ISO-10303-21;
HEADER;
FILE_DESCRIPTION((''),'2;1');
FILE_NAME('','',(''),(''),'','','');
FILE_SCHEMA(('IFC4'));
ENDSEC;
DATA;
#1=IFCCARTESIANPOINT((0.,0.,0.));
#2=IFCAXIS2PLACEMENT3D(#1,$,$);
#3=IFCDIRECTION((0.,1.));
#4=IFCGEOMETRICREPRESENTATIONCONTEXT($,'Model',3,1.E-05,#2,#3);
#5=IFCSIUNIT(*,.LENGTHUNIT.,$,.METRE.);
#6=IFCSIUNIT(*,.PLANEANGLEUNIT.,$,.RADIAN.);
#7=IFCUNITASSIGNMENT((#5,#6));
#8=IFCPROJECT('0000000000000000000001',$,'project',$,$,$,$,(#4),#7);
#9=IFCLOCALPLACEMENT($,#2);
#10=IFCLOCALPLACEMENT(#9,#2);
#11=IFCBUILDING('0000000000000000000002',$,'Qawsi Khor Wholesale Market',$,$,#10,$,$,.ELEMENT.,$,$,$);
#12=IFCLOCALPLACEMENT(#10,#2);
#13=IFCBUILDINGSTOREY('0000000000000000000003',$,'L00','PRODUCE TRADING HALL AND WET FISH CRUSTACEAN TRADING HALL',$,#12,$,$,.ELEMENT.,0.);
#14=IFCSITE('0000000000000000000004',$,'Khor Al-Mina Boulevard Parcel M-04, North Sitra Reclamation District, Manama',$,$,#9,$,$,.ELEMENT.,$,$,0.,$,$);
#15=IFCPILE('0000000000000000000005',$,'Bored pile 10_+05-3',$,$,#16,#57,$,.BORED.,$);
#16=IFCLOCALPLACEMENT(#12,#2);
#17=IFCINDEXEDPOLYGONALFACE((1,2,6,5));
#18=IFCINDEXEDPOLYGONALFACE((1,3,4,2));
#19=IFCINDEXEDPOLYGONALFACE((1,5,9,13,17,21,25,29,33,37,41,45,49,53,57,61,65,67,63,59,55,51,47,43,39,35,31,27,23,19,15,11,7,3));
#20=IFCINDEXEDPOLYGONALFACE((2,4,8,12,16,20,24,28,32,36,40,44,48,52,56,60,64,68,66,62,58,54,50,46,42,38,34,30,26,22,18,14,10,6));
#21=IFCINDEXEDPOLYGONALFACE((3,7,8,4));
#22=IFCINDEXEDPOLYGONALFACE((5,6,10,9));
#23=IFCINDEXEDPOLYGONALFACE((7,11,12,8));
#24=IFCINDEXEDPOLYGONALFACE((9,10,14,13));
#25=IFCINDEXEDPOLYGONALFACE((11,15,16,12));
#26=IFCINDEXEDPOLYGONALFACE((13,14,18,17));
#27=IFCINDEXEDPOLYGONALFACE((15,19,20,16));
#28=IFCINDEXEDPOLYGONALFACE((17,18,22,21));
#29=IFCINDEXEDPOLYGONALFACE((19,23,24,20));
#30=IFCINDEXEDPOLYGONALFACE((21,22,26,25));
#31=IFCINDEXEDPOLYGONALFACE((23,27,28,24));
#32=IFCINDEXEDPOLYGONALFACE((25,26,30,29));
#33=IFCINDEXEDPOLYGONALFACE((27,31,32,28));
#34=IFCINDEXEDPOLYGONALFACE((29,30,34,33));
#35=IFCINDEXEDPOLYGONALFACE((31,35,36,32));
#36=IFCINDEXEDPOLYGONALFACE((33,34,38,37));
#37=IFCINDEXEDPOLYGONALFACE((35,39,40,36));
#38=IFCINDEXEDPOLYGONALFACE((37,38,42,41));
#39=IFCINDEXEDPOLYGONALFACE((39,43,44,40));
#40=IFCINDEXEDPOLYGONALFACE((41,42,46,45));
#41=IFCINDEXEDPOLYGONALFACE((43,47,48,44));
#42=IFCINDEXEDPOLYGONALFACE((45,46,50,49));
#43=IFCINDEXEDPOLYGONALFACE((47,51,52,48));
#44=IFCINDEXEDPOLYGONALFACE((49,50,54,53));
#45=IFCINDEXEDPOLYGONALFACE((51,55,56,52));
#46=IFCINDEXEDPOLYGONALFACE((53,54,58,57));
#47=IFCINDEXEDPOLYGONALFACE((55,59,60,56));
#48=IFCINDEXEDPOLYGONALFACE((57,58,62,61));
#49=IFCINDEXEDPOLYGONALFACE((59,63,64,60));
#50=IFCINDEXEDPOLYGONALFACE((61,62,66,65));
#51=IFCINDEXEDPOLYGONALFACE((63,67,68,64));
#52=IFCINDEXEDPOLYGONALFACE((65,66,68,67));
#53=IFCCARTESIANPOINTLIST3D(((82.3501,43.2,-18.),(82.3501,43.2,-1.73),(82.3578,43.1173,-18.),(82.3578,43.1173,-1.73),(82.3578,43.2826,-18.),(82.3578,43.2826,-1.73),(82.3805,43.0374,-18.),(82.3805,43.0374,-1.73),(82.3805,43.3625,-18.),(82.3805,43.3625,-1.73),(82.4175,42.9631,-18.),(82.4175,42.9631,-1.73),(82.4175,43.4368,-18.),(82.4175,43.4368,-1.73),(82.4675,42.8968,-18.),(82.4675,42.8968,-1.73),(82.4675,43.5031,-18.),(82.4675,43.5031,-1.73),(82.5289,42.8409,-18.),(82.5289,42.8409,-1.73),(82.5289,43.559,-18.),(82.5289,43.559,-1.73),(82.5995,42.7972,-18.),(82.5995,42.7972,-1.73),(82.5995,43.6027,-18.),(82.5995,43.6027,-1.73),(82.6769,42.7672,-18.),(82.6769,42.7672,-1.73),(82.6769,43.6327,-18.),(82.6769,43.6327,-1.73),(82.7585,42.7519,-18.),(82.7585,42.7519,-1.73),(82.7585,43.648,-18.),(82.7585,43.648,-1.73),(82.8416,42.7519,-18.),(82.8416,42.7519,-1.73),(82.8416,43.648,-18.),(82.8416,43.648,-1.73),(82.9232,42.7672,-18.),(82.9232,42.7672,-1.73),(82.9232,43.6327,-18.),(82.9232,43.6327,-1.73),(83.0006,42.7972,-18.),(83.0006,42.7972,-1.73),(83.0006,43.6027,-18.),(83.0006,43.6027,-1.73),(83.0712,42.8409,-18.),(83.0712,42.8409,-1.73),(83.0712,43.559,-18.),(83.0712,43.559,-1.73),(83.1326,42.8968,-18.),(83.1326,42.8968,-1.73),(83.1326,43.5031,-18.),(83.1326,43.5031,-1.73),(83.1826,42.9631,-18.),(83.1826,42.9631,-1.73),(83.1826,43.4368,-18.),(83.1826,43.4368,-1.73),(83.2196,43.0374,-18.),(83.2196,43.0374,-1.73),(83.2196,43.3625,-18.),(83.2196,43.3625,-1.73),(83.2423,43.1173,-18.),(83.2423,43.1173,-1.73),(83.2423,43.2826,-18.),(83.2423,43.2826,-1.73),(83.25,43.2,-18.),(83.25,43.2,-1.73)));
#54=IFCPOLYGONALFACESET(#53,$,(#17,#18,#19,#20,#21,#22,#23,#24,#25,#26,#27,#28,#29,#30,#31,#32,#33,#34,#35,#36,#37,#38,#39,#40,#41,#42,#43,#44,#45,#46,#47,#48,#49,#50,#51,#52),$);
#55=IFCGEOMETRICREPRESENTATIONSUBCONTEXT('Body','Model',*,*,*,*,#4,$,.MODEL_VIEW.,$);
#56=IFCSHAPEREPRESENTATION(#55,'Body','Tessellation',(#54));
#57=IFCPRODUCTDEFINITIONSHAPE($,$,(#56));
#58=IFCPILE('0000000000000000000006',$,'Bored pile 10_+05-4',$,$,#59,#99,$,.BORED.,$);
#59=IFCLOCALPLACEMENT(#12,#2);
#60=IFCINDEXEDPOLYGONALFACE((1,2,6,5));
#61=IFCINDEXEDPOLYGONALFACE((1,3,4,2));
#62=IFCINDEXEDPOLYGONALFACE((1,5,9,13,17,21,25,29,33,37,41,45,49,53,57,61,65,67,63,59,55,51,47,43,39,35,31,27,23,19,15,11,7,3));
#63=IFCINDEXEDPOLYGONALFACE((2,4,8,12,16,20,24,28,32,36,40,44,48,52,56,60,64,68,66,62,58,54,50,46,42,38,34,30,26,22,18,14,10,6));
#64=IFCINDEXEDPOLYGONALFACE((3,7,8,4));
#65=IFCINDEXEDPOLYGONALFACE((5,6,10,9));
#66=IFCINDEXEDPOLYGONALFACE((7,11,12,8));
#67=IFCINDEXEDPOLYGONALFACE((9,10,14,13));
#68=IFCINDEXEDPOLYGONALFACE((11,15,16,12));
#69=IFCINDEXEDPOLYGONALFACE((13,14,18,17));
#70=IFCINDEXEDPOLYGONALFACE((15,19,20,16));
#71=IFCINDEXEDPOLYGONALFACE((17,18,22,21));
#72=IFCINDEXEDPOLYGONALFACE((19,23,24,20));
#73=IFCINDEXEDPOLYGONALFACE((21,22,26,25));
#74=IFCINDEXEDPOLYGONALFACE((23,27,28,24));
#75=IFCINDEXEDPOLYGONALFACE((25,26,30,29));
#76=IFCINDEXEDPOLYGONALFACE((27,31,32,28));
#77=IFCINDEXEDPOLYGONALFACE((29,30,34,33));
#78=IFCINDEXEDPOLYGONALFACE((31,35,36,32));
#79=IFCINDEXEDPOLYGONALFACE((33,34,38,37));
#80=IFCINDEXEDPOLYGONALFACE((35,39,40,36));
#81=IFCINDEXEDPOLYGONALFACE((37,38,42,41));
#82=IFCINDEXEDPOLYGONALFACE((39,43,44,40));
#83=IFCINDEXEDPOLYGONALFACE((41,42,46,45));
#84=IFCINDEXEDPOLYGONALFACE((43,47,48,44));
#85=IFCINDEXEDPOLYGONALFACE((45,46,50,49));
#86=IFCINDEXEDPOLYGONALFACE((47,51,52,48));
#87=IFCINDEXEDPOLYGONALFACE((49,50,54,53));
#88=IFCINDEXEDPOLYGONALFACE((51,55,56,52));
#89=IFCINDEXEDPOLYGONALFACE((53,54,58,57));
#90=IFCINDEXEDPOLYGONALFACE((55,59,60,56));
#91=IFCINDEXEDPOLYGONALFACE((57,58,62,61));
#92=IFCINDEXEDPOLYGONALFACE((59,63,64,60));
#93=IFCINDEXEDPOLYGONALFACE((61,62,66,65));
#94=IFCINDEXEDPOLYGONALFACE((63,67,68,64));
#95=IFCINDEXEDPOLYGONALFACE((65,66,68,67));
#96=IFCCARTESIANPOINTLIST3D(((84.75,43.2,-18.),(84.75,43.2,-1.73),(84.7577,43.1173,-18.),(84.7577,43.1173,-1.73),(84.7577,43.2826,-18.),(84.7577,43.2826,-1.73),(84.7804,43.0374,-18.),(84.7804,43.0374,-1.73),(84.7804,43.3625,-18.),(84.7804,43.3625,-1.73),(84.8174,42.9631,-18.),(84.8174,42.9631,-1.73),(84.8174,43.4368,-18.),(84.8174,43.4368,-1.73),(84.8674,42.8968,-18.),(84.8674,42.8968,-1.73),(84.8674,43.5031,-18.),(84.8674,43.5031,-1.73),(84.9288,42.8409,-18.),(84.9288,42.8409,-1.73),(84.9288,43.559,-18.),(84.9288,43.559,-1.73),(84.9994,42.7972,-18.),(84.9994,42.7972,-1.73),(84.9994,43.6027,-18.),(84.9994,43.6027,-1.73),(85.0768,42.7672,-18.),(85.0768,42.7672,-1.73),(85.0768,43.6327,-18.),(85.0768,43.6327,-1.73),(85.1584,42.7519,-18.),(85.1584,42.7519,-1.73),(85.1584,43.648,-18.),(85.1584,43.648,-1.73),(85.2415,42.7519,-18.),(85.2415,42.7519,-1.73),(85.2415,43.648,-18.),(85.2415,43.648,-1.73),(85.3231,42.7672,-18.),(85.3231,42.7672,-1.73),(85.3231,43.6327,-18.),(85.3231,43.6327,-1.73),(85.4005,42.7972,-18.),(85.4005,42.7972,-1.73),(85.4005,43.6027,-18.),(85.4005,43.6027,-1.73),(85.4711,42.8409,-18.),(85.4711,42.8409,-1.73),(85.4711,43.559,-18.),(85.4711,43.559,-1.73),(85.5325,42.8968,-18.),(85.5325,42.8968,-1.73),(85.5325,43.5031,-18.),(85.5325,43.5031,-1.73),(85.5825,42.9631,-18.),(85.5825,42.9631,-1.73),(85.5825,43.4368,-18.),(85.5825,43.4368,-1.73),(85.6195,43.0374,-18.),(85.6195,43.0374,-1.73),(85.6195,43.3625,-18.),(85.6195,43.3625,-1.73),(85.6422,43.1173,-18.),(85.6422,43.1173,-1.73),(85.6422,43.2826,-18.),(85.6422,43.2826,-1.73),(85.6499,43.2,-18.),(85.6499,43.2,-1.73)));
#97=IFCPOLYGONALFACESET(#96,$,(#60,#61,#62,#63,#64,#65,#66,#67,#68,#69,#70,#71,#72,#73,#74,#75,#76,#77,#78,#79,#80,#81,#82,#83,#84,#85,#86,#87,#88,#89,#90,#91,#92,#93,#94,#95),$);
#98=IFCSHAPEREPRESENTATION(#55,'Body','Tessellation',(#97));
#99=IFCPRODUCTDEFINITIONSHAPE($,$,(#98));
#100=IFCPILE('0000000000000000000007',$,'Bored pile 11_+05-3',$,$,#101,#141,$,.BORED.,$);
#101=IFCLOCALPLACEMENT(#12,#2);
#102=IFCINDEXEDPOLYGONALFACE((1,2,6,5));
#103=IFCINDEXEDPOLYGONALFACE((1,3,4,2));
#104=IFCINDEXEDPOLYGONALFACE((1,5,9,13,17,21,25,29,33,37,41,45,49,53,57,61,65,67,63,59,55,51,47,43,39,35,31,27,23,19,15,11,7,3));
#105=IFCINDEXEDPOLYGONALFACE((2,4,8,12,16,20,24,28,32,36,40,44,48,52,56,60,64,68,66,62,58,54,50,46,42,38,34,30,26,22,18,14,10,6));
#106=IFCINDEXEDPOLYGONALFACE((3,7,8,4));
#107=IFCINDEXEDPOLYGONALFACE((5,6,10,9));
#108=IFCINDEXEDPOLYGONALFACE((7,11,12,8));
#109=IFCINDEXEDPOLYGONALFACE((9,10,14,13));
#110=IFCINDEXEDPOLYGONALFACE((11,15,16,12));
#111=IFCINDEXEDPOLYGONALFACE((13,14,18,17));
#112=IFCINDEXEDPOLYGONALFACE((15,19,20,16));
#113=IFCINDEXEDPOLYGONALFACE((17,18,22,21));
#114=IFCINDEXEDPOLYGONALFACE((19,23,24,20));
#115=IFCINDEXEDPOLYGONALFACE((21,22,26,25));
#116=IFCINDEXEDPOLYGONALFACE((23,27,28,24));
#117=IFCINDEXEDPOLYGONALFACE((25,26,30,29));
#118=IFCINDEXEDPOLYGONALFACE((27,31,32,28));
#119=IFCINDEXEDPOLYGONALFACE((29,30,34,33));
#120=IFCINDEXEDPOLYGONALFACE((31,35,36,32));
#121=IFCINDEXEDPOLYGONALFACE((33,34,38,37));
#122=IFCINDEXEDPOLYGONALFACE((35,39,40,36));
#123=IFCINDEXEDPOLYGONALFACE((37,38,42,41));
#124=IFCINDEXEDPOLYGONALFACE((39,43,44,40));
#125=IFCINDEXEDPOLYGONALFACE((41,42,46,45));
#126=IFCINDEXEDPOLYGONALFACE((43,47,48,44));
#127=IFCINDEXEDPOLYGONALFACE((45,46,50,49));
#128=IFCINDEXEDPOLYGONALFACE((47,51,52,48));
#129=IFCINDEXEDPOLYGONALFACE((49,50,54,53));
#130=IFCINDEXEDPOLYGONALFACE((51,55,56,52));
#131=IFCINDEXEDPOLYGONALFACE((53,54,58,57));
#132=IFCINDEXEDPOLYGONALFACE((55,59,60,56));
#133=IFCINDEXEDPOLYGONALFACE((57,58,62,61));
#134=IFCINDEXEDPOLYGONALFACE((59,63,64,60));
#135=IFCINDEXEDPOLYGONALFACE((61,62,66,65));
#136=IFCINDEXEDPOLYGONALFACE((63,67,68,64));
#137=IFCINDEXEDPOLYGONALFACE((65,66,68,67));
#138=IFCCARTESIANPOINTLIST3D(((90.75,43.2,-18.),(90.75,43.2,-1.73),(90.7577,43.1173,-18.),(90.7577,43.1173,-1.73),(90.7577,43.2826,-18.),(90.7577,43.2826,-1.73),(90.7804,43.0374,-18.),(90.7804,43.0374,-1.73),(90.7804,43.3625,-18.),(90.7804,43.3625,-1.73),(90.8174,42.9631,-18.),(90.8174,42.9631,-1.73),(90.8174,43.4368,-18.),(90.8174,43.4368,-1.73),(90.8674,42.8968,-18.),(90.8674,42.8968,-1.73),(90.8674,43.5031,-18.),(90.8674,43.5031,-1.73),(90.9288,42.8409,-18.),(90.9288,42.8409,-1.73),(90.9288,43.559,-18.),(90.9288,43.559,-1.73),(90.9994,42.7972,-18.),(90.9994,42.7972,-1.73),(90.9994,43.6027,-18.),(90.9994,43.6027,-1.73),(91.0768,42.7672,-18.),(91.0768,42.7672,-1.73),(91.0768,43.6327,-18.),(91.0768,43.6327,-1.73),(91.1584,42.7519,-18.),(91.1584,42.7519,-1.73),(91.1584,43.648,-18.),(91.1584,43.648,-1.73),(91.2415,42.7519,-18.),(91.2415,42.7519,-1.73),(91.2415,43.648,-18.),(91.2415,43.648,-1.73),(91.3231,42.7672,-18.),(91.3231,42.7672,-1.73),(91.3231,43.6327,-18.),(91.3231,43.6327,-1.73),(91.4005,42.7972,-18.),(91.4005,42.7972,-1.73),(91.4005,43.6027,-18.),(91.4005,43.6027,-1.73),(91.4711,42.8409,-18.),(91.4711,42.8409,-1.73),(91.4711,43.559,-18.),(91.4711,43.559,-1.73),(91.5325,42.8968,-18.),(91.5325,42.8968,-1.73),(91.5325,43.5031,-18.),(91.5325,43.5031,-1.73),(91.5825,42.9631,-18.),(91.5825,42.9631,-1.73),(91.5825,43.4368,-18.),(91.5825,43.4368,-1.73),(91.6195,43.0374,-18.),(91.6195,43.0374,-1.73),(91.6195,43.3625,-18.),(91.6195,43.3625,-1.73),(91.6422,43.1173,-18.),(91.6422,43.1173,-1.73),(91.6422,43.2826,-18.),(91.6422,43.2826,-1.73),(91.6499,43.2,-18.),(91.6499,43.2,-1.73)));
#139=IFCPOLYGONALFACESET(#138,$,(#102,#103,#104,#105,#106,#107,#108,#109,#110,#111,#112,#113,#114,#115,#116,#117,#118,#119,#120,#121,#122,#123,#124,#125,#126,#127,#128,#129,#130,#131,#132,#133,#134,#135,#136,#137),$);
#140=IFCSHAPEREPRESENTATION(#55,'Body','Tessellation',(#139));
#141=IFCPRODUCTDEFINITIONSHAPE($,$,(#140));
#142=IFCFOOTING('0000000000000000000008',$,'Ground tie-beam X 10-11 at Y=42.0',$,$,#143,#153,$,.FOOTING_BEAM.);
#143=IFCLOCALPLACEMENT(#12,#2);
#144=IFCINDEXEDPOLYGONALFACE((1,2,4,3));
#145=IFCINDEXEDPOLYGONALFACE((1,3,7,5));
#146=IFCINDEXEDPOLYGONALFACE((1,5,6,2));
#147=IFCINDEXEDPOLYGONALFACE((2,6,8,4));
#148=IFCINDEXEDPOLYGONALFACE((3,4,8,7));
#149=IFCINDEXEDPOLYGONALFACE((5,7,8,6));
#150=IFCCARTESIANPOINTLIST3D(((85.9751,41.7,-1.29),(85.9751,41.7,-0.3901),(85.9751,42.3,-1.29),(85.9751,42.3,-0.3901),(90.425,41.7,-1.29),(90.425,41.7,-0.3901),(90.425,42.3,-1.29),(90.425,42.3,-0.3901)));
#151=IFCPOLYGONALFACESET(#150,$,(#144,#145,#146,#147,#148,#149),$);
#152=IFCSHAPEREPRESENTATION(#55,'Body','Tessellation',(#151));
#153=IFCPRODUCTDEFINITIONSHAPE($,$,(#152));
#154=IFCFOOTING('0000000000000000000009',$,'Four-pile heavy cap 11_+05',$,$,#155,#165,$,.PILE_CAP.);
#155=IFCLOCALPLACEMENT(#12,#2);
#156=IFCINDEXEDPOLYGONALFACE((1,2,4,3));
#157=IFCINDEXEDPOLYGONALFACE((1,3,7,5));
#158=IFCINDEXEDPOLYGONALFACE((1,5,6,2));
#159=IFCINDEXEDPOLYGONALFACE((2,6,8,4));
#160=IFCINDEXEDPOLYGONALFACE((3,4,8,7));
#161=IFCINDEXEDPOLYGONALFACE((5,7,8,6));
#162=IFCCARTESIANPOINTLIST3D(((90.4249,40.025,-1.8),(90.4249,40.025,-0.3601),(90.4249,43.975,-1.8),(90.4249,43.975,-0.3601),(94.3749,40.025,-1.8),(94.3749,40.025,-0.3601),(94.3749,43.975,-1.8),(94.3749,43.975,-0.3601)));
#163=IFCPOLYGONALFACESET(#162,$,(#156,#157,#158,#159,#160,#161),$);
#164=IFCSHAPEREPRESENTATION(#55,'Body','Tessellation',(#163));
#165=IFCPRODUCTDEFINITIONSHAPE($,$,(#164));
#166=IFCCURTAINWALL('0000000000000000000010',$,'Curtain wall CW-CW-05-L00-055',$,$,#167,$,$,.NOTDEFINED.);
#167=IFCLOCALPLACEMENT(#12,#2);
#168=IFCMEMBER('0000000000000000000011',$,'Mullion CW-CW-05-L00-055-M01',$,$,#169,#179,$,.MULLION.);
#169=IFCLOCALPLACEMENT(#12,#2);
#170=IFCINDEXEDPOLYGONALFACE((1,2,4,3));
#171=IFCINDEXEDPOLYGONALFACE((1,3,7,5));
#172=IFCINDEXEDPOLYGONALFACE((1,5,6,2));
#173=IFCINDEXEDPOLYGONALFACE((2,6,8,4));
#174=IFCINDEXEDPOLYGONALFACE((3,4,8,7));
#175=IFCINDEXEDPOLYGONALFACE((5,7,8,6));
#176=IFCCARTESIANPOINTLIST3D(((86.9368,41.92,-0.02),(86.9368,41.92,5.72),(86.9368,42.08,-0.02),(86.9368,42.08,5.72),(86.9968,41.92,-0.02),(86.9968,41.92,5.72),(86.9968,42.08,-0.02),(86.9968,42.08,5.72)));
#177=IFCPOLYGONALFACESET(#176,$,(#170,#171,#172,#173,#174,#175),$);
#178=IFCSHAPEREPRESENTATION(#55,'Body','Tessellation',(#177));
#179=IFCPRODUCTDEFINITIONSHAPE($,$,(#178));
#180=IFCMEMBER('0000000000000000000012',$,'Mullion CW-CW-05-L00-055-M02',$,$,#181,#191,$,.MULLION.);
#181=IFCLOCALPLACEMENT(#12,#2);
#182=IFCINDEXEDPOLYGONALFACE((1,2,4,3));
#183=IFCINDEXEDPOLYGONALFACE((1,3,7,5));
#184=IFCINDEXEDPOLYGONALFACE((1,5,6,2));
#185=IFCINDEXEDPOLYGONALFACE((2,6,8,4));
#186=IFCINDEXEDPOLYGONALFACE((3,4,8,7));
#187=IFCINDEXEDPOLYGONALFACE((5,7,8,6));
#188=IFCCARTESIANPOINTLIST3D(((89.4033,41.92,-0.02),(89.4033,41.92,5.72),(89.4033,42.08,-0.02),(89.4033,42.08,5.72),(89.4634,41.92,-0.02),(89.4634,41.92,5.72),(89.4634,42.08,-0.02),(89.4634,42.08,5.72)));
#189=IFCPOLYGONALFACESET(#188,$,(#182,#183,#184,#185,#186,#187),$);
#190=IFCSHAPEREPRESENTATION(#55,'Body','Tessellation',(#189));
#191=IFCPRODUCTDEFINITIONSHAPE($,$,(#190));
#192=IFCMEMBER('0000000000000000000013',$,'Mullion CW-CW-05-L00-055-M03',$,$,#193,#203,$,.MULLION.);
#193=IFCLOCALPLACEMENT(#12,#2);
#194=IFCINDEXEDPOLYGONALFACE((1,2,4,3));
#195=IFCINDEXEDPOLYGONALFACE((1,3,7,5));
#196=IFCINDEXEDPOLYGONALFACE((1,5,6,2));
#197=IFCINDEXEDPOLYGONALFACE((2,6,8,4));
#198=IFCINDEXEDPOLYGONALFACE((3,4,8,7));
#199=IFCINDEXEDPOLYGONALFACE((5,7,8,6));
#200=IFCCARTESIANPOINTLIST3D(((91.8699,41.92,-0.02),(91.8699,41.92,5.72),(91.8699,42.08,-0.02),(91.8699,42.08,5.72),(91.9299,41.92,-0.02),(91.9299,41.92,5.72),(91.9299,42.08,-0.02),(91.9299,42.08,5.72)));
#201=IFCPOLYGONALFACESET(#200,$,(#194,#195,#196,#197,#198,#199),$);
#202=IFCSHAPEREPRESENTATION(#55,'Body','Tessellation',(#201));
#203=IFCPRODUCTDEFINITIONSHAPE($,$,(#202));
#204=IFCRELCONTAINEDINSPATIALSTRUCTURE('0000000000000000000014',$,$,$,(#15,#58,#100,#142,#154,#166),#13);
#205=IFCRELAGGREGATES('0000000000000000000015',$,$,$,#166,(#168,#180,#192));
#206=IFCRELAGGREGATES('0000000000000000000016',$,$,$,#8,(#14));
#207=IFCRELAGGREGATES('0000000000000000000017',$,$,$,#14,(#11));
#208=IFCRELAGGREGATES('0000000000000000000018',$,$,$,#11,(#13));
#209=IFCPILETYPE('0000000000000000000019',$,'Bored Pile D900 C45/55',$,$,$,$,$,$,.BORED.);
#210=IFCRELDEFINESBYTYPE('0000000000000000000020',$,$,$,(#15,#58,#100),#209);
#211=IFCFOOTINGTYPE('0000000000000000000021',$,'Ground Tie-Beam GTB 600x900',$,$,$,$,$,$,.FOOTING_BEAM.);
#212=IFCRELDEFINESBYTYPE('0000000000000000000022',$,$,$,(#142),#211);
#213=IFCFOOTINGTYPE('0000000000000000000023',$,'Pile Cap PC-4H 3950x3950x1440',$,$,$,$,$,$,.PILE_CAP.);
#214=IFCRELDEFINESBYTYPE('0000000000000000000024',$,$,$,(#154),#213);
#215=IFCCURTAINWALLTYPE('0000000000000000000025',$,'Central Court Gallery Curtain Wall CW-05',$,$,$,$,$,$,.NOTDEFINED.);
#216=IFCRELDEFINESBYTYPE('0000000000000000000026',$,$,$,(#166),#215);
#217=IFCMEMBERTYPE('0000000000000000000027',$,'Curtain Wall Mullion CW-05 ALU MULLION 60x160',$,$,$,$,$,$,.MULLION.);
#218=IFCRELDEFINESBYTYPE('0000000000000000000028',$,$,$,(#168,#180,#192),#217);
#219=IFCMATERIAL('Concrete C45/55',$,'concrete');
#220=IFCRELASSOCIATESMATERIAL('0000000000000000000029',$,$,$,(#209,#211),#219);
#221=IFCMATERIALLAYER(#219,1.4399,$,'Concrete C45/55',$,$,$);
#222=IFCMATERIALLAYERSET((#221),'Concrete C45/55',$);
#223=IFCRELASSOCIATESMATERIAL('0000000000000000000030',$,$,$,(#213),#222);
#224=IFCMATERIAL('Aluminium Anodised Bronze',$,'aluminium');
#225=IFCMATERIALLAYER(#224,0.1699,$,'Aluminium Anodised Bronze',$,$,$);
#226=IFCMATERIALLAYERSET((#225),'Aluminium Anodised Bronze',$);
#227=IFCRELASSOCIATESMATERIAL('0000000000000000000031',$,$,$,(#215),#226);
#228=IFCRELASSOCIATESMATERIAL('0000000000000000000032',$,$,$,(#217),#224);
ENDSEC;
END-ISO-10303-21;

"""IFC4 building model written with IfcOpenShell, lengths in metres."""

from ifc_helpers import new_model, si_unit, direction, frame, origin, origin_2d, place, context, subcontext, project, spatial, rectangle, circle, extrude, material, layer, layer_set, material_profile, profile_set, type_object, element, aggregate, save


model = new_model("IFC4")

# Units and contexts
model_context = context("Model", 3, precision=1e-05, world=origin(), true_north=direction((0.0, 1.0)))
body_context = subcontext(model_context, "Body", "Model", "MODEL_VIEW")
ifc_project = project(units=[si_unit("LENGTHUNIT", "METRE"), si_unit("PLANEANGLEUNIT", "RADIAN")], contexts=[model_context])

# Site, building, storey
site_placement = place(None, origin())
site = spatial("IfcSite", under=ifc_project, at=site_placement, Name="Khor Al-Mina Boulevard Parcel M-04, North Sitra Reclamation District, Manama", CompositionType="ELEMENT", RefElevation=0.0)
building_placement = place(site_placement, origin())
building = spatial("IfcBuilding", under=site, at=building_placement, Name="Qawsi Khor Wholesale Market", CompositionType="ELEMENT")
storey_placement = place(building_placement, origin())
storey = spatial("IfcBuildingStorey", under=building, at=storey_placement, Name="L00", Description="PRODUCE TRADING HALL AND WET FISH CRUSTACEAN TRADING HALL", CompositionType="ELEMENT", Elevation=0.0)

# Piles
ifc_material_1 = material(Name="Concrete C45/55", Category="concrete")
ifc_material_profile_1 = material_profile(ifc_material_1, circle(Radius=0.45, at=origin_2d()), Name="PILE D900")
ifc_profile_set_1 = profile_set([ifc_material_profile_1], Name="Concrete C45/55")
pile_type = type_object("IfcPileType", Name="Bored Pile D900 C45/55", PredefinedType="BORED", material=ifc_profile_set_1)
for number, where, z_axis, x_axis, name in (
    (1, (82.8, 43.2, -1.73), (0.0, 0.0, -1.0), (1.0, 0.0, 0.0), "Bored pile 10_+05-3"),
    (2, (85.2, 43.2, -1.73), (0.0, 0.0, -1.0), (1.0, 0.0, 0.0), "Bored pile 10_+05-4"),
    (3, (91.2, 43.2, -1.73), (0.0, 0.0, -1.0), (1.0, 0.0, 0.0), "Bored pile 11_+05-3"),
):
    element("IfcPile", number, at=place(storey_placement, frame(where, z_axis=z_axis, x_axis=x_axis)), inside=storey, type_object=pile_type, Name=name, PredefinedType="BORED", context=body_context, shape_type="SweptSolid", body=[
        extrude(circle(Radius=0.45, at=origin_2d()), origin(), (0.0, 0.0, 1.0), 16.27),
    ])

# Footings
ifc_material_profile_2 = material_profile(ifc_material_1, rectangle(XDim=0.6001, YDim=0.8999, at=origin_2d()), Name="RC 600x900")
ifc_profile_set_2 = profile_set([ifc_material_profile_2], Name="Concrete C45/55")
footing_type_1 = type_object("IfcFootingType", Name="Ground Tie-Beam GTB 600x900", PredefinedType="FOOTING_BEAM", material=ifc_profile_set_2)
footing_1_placement = place(storey_placement, frame((85.9751, 42.0, -0.8401), z_axis=(1.0, 0.0, 0.0), x_axis=(0.0, 1.0, 0.0)))
element("IfcFooting", 4, at=footing_1_placement, inside=storey, type_object=footing_type_1, Name="Ground tie-beam X 10-11 at Y=42.0", PredefinedType="FOOTING_BEAM", context=body_context, shape_type="SweptSolid", body=[
    extrude(rectangle(XDim=0.6001, YDim=0.8999, at=origin_2d()), origin(), (0.0, 0.0, 1.0), 4.45),
])
ifc_layer_1 = layer(ifc_material_1, 1.4399, Name="Concrete C45/55")
ifc_layer_set_1 = layer_set([ifc_layer_1], Name="Concrete C45/55")
footing_type_2 = type_object("IfcFootingType", Name="Pile Cap PC-4H 3950x3950x1440", PredefinedType="PILE_CAP", material=ifc_layer_set_1)
footing_2_placement = place(storey_placement, frame((92.3999, 42.0, -1.8), z_axis=(0.0, 0.0, 1.0), x_axis=(1.0, 0.0, 0.0)))
element("IfcFooting", 5, at=footing_2_placement, inside=storey, type_object=footing_type_2, Name="Four-pile heavy cap 11_+05", PredefinedType="PILE_CAP", context=body_context, shape_type="SweptSolid", body=[
    extrude(rectangle(XDim=3.95, YDim=3.95, at=origin_2d()), origin(), (0.0, 0.0, 1.0), 1.4399),
])

# Curtain wall, members
ifc_material_2 = material(Name="Aluminium Anodised Bronze", Category="aluminium")
ifc_layer_2 = layer(ifc_material_2, 0.1699, Name="Aluminium Anodised Bronze")
ifc_layer_set_2 = layer_set([ifc_layer_2], Name="Aluminium Anodised Bronze")
curtain_wall_type = type_object("IfcCurtainWallType", Name="Central Court Gallery Curtain Wall CW-05", PredefinedType="NOTDEFINED", material=ifc_layer_set_2)
curtain_wall_placement = place(storey_placement, origin())
curtain_wall = element("IfcCurtainWall", 6, at=curtain_wall_placement, inside=storey, type_object=curtain_wall_type, Name="Curtain wall CW-CW-05-L00-055", PredefinedType="NOTDEFINED")
ifc_material_profile_3 = material_profile(ifc_material_2, rectangle(XDim=0.0601, YDim=0.1599, at=origin_2d()), Name="ALU MULLION 60x160")
ifc_profile_set_3 = profile_set([ifc_material_profile_3], Name="Aluminium Anodised Bronze")
member_type_1 = type_object("IfcMemberType", Name="Curtain Wall Mullion CW-05 ALU MULLION 60x160", PredefinedType="MULLION", material=ifc_profile_set_3)
member_1_placement = place(storey_placement, frame((86.9668, 42.0, -0.02), z_axis=(0.0, 0.0, 1.0), x_axis=(1.0, 0.0, 0.0)))
member_1 = element("IfcMember", 7, at=member_1_placement, type_object=member_type_1, Name="Mullion CW-CW-05-L00-055-M01", PredefinedType="MULLION", context=body_context, shape_type="SweptSolid", body=[
    extrude(rectangle(XDim=0.0601, YDim=0.1599, at=origin_2d()), origin(), (0.0, 0.0, 1.0), 5.74),
])
member_2_placement = place(storey_placement, frame((89.4333, 42.0, -0.02), z_axis=(0.0, 0.0, 1.0), x_axis=(1.0, 0.0, 0.0)))
member_2 = element("IfcMember", 8, at=member_2_placement, type_object=member_type_1, Name="Mullion CW-CW-05-L00-055-M02", PredefinedType="MULLION", context=body_context, shape_type="SweptSolid", body=[
    extrude(rectangle(XDim=0.0601, YDim=0.1599, at=origin_2d()), origin(), (0.0, 0.0, 1.0), 5.74),
])
member_3_placement = place(storey_placement, frame((91.8999, 42.0, -0.02), z_axis=(0.0, 0.0, 1.0), x_axis=(1.0, 0.0, 0.0)))
member_3 = element("IfcMember", 9, at=member_3_placement, type_object=member_type_1, Name="Mullion CW-CW-05-L00-055-M03", PredefinedType="MULLION", context=body_context, shape_type="SweptSolid", body=[
    extrude(rectangle(XDim=0.0601, YDim=0.1599, at=origin_2d()), origin(), (0.0, 0.0, 1.0), 5.74),
])
aggregate(curtain_wall, [member_1, member_2, member_3])

save(model, "model.ifc")
